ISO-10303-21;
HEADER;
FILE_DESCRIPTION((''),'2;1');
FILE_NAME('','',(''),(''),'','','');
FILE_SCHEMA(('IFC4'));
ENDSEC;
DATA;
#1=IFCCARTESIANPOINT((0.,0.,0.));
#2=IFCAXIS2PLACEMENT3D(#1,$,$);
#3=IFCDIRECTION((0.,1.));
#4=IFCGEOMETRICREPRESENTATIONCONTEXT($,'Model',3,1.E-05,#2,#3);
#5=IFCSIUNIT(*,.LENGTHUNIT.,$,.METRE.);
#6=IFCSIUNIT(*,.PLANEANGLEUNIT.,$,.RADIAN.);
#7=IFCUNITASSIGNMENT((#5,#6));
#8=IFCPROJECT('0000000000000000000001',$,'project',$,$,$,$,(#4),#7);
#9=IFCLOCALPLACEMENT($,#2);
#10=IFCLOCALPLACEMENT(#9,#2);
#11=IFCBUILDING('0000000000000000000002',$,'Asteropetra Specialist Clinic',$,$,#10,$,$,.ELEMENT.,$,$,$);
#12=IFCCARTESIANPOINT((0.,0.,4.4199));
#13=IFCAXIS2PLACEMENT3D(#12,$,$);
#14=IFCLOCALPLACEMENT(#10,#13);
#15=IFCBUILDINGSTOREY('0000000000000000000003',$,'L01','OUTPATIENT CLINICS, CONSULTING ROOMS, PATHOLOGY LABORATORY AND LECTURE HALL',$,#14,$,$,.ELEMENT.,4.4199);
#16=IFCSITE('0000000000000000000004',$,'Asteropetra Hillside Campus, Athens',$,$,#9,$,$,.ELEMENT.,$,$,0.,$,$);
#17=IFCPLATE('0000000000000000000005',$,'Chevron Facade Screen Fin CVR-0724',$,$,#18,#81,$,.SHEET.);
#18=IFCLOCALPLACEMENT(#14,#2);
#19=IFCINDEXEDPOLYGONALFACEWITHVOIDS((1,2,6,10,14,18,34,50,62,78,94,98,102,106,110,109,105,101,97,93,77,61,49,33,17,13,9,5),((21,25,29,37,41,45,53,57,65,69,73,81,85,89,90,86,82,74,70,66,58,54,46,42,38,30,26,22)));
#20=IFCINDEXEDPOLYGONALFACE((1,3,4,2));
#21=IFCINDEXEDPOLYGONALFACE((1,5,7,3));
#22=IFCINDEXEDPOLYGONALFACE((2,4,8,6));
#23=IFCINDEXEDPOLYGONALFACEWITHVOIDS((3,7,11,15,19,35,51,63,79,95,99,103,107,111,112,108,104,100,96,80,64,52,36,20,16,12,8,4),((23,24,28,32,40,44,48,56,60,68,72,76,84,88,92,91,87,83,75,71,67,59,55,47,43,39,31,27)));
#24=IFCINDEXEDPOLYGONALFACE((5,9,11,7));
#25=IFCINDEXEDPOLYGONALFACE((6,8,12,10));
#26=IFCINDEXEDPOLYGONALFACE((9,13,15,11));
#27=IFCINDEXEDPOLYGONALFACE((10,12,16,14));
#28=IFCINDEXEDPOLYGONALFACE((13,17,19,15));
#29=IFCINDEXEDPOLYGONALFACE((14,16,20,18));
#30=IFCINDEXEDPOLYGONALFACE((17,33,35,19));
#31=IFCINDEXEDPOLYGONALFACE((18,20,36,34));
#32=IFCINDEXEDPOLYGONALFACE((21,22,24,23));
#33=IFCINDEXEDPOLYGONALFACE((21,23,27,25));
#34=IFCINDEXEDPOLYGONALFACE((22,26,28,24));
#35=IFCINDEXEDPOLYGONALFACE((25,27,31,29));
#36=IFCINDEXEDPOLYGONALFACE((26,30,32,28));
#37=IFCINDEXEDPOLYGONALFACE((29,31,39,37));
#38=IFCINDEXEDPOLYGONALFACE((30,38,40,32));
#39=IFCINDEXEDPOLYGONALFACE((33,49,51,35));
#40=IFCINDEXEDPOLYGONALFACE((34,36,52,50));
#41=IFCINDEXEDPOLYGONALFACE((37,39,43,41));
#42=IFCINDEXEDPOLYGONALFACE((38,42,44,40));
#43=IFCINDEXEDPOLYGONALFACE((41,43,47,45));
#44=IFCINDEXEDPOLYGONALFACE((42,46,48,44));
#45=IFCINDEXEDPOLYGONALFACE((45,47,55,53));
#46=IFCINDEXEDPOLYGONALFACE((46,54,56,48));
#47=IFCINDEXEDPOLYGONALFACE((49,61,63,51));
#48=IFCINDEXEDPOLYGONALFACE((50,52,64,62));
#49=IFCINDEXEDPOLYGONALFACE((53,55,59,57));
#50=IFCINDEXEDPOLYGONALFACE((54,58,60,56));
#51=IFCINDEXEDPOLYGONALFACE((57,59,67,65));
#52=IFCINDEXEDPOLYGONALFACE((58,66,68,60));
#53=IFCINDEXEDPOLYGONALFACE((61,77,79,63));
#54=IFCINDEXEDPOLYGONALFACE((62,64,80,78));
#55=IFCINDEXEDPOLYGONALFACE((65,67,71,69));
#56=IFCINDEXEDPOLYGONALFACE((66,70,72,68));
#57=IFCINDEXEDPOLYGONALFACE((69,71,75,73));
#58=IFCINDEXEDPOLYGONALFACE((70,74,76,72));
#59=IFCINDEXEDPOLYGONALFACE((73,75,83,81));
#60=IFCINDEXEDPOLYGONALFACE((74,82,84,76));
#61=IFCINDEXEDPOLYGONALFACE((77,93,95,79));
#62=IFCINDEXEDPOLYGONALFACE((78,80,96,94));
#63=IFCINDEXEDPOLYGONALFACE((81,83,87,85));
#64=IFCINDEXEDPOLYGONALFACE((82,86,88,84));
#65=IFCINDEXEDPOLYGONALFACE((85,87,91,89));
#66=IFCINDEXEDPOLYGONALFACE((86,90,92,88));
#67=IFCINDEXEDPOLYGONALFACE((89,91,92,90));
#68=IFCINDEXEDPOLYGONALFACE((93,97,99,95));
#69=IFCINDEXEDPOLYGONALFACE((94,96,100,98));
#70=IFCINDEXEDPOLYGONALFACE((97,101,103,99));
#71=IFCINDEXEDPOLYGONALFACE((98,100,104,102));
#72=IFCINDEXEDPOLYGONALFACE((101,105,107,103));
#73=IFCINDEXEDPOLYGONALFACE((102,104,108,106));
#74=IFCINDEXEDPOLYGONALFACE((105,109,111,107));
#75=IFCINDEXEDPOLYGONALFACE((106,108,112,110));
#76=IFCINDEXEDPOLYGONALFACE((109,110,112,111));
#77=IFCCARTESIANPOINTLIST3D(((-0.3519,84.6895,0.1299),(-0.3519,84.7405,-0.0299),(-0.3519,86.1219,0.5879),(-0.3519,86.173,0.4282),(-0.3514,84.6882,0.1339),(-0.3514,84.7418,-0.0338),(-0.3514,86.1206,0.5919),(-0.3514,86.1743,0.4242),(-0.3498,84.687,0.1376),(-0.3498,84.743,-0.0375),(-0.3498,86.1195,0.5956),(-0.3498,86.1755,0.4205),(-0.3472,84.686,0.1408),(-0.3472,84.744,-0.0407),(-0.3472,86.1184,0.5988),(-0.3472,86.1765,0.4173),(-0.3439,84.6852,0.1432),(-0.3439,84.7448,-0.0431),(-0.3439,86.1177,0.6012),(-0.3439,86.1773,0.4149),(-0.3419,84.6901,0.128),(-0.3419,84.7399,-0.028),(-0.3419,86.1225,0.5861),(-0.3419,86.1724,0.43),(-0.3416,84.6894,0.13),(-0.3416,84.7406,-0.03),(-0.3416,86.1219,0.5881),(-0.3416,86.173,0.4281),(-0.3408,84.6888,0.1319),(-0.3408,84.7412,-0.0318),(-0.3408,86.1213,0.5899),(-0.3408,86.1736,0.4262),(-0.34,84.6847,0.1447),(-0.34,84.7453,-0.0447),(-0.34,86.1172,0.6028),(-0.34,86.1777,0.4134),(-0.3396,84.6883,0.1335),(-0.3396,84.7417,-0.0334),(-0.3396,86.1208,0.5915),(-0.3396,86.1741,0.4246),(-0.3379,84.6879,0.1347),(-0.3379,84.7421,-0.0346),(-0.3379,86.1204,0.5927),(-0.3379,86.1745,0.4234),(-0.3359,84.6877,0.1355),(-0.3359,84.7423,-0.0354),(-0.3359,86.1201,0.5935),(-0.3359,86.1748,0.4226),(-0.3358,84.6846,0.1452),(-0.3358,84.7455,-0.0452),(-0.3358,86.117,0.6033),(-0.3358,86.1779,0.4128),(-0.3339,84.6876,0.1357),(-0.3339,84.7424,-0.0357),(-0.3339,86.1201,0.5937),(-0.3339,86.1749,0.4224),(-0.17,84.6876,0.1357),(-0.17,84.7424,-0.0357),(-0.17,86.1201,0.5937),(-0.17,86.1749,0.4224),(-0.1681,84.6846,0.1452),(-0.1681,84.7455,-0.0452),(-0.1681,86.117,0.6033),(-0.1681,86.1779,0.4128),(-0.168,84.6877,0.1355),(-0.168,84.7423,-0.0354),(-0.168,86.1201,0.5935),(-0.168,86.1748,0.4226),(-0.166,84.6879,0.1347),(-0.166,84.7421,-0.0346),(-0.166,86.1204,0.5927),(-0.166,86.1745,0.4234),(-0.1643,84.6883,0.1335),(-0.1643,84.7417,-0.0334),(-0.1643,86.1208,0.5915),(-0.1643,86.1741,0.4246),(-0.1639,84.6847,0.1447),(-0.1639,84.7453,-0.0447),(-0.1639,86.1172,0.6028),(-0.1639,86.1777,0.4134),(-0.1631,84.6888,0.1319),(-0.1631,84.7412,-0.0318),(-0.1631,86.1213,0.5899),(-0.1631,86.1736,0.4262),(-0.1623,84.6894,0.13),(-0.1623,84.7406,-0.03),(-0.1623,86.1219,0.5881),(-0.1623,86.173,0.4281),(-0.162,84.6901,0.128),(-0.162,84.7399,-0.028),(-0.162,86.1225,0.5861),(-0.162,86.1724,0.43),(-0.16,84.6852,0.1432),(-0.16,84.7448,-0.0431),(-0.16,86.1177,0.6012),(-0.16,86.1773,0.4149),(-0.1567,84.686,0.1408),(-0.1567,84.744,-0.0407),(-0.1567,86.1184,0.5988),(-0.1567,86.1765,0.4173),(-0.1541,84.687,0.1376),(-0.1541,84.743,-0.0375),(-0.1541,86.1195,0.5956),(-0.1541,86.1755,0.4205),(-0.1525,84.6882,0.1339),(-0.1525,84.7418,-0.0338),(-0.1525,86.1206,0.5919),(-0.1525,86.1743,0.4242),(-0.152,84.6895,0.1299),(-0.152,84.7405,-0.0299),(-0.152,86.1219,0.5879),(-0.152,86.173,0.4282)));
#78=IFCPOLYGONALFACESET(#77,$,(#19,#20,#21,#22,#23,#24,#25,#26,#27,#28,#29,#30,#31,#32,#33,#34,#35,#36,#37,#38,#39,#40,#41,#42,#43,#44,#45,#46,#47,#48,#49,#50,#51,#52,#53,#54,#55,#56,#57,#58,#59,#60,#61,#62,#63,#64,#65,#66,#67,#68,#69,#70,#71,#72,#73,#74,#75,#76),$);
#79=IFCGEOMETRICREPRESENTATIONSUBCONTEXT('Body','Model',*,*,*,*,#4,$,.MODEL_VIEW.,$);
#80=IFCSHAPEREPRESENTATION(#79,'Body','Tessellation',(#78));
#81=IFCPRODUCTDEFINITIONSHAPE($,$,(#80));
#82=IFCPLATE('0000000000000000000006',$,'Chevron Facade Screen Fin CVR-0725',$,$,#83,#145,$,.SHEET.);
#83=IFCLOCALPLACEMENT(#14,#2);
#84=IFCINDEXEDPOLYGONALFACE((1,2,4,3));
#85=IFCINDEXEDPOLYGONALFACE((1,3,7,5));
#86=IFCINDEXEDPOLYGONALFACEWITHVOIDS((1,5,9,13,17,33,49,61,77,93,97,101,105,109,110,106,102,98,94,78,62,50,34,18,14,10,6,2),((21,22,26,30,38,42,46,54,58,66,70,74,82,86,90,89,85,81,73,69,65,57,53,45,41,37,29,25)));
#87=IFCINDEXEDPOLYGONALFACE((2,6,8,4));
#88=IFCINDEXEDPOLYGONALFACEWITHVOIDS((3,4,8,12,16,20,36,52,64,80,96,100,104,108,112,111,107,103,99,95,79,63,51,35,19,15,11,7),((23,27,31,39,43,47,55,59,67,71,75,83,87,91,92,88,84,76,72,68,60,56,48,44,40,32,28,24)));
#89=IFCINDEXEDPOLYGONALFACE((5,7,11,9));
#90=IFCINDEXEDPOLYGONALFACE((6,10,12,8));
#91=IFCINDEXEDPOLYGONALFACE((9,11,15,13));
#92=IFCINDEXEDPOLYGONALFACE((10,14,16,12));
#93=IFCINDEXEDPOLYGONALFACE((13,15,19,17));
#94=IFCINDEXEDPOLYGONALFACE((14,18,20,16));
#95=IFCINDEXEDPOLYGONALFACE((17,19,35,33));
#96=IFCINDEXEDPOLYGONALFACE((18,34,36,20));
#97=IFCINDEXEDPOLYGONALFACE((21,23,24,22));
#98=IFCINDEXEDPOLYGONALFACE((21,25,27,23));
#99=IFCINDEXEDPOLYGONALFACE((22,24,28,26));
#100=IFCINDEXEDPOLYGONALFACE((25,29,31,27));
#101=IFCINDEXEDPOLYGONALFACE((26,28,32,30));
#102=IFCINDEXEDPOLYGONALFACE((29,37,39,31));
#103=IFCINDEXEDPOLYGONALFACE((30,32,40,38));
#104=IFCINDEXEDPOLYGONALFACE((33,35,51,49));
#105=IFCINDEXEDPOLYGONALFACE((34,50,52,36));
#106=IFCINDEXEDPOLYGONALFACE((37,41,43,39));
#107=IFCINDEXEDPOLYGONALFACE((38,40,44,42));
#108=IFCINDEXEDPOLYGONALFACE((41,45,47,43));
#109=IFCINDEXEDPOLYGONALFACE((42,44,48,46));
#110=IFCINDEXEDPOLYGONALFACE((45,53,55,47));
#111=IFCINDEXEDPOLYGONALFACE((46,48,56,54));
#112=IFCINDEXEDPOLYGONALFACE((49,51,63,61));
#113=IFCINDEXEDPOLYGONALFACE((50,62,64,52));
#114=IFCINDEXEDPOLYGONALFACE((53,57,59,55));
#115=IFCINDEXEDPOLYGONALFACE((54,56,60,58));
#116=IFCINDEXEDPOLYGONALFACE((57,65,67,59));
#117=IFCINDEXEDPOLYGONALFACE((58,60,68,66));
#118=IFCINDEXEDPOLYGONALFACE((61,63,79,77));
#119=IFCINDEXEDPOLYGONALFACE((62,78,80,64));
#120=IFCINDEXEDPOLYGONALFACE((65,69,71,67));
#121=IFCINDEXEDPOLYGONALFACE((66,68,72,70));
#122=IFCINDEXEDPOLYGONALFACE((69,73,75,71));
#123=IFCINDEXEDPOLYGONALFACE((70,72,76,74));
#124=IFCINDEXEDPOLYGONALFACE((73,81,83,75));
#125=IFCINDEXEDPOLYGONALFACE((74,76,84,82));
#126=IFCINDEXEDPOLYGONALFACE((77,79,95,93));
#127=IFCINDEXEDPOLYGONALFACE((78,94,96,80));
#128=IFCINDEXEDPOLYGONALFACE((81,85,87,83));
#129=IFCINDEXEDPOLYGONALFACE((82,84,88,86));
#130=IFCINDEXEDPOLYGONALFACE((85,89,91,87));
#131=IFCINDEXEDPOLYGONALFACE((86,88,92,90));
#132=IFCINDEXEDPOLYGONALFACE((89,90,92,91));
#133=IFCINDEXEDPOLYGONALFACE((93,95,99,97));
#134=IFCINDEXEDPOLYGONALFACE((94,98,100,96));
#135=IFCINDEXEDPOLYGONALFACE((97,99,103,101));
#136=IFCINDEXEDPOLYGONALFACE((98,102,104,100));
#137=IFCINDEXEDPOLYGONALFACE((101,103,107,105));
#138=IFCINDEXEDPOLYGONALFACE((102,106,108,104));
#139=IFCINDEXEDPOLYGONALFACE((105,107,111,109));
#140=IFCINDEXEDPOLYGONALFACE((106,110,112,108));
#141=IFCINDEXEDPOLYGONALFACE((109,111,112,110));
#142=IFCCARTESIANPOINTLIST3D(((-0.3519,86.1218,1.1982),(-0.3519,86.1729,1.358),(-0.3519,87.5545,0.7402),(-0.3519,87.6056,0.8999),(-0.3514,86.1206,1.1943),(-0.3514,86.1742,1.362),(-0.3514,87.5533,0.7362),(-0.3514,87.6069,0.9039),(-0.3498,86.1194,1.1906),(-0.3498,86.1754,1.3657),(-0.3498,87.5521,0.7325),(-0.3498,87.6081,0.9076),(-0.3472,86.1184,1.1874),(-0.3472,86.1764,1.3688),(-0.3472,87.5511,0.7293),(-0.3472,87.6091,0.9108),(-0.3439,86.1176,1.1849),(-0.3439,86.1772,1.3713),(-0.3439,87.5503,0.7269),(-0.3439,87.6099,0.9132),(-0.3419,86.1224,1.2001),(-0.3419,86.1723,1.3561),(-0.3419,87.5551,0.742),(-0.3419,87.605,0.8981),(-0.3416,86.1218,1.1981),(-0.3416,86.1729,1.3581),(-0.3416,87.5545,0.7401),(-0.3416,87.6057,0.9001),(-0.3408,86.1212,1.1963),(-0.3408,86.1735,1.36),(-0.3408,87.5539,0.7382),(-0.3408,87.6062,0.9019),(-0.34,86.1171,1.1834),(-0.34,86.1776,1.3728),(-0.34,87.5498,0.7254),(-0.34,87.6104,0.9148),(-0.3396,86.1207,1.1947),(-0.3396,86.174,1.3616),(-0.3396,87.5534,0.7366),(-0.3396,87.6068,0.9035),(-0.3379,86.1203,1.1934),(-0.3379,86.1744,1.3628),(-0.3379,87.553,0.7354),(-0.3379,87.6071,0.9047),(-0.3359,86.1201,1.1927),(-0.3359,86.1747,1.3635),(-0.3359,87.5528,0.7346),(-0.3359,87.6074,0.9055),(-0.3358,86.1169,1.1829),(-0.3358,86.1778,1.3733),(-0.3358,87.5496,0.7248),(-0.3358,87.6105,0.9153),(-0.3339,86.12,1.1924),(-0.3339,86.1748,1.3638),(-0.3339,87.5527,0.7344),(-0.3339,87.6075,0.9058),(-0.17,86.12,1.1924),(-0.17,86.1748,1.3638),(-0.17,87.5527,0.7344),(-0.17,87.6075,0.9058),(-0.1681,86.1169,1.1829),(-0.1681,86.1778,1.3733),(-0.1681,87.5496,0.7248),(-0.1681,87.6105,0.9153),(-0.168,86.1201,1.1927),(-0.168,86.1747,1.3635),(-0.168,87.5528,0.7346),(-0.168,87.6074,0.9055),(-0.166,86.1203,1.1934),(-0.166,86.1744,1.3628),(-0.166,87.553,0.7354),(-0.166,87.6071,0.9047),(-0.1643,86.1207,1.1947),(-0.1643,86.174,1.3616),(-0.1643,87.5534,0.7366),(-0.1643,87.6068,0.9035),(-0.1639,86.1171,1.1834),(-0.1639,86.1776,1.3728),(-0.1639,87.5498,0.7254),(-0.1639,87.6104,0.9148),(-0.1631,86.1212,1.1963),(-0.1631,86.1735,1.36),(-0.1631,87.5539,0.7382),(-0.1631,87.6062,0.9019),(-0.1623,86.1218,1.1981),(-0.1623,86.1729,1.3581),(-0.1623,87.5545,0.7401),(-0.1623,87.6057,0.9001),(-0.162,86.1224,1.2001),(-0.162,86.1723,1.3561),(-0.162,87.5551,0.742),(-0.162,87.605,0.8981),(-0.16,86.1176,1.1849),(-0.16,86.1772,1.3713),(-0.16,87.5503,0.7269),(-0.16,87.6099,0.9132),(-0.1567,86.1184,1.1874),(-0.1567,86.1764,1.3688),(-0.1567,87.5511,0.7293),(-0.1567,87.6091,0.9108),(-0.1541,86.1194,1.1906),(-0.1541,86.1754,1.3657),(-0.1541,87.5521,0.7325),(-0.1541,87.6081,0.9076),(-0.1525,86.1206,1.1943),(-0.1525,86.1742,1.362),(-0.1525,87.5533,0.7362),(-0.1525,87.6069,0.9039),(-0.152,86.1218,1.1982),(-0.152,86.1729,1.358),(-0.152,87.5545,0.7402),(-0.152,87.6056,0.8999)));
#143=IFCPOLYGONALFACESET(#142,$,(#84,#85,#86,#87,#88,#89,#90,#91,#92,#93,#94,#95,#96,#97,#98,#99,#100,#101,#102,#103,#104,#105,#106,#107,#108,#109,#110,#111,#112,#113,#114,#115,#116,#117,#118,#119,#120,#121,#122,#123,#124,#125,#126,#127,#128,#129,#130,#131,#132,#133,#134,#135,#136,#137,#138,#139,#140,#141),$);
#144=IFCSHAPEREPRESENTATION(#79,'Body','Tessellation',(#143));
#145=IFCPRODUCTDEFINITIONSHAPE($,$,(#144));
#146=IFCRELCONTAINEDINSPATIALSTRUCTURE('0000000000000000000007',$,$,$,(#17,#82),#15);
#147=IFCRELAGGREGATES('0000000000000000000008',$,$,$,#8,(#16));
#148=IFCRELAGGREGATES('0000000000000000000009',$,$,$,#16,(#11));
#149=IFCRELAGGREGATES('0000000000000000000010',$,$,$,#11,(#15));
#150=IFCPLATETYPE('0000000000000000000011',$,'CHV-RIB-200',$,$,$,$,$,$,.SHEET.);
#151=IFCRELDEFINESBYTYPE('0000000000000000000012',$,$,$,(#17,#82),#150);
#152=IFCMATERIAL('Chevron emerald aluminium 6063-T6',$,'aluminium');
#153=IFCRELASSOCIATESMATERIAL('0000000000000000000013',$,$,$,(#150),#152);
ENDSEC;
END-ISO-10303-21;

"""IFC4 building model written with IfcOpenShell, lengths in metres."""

from ifc_helpers import new_model, si_unit, direction, frame, origin, origin_2d, place, context, subcontext, project, spatial, hollow_rectangle, extrude, material, material_profile, profile_set, type_object, element, save


model = new_model("IFC4")

# Units and contexts
model_context = context("Model", 3, precision=1e-05, world=origin(), true_north=direction((0.0, 1.0)))
body_context = subcontext(model_context, "Body", "Model", "MODEL_VIEW")
ifc_project = project(units=[si_unit("LENGTHUNIT", "METRE"), si_unit("PLANEANGLEUNIT", "RADIAN")], contexts=[model_context])

# Site, building, storey
site_placement = place(None, origin())
site = spatial("IfcSite", under=ifc_project, at=site_placement, Name="Asteropetra Hillside Campus, Athens", CompositionType="ELEMENT", RefElevation=0.0)
building_placement = place(site_placement, origin())
building = spatial("IfcBuilding", under=site, at=building_placement, Name="Asteropetra Specialist Clinic", CompositionType="ELEMENT")
storey_placement = place(building_placement, frame((0.0, 0.0, 4.4199)))
storey = spatial("IfcBuildingStorey", under=building, at=storey_placement, Name="L01", Description="OUTPATIENT CLINICS, CONSULTING ROOMS, PATHOLOGY LABORATORY AND LECTURE HALL", CompositionType="ELEMENT", Elevation=4.4199)

# Plates
ifc_material_1 = material(Name="Chevron emerald aluminium 6063-T6", Category="aluminium")
ifc_material_profile = material_profile(ifc_material_1, hollow_rectangle(XDim=0.2, YDim=0.2, WallThickness=0.01, InnerFilletRadius=0.0081, OuterFilletRadius=0.0161, at=origin_2d()), Name="SHS 200x200x10.0")
ifc_profile_set = profile_set([ifc_material_profile], Name="Chevron emerald aluminium 6063-T6")
plate_type_1 = type_object("IfcPlateType", Name="CHV-RIB-200", PredefinedType="SHEET", material=ifc_profile_set)
plate_1_placement = place(storey_placement, frame((-0.252, 86.1475, 0.5081), z_axis=(0.0, -0.952492, -0.304564), x_axis=(1.0, 0.0, 0.0)))
element("IfcPlate", 1, at=plate_1_placement, inside=storey, type_object=plate_type_1, Name="Chevron Facade Screen Fin CVR-0724", PredefinedType="SHEET", context=body_context, shape_type="SweptSolid", body=[
    extrude(hollow_rectangle(XDim=0.2, YDim=0.2, WallThickness=0.01, InnerFilletRadius=0.0081, OuterFilletRadius=0.0161, at=origin_2d()), origin(), (0.0, 0.0, 1.0), 1.5039),
])
plate_2_placement = place(storey_placement, frame((-0.252, 87.5801, 0.8201), z_axis=(0.0, -0.952507, 0.304517), x_axis=(1.0, 0.0, 0.0)))
element("IfcPlate", 2, at=plate_2_placement, inside=storey, type_object=plate_type_1, Name="Chevron Facade Screen Fin CVR-0725", PredefinedType="SHEET", context=body_context, shape_type="SweptSolid", body=[
    extrude(hollow_rectangle(XDim=0.2, YDim=0.2, WallThickness=0.01, InnerFilletRadius=0.0081, OuterFilletRadius=0.0161, at=origin_2d()), origin(), (0.0, 0.0, 1.0), 1.5042),
])

save(model, "model.ifc")
